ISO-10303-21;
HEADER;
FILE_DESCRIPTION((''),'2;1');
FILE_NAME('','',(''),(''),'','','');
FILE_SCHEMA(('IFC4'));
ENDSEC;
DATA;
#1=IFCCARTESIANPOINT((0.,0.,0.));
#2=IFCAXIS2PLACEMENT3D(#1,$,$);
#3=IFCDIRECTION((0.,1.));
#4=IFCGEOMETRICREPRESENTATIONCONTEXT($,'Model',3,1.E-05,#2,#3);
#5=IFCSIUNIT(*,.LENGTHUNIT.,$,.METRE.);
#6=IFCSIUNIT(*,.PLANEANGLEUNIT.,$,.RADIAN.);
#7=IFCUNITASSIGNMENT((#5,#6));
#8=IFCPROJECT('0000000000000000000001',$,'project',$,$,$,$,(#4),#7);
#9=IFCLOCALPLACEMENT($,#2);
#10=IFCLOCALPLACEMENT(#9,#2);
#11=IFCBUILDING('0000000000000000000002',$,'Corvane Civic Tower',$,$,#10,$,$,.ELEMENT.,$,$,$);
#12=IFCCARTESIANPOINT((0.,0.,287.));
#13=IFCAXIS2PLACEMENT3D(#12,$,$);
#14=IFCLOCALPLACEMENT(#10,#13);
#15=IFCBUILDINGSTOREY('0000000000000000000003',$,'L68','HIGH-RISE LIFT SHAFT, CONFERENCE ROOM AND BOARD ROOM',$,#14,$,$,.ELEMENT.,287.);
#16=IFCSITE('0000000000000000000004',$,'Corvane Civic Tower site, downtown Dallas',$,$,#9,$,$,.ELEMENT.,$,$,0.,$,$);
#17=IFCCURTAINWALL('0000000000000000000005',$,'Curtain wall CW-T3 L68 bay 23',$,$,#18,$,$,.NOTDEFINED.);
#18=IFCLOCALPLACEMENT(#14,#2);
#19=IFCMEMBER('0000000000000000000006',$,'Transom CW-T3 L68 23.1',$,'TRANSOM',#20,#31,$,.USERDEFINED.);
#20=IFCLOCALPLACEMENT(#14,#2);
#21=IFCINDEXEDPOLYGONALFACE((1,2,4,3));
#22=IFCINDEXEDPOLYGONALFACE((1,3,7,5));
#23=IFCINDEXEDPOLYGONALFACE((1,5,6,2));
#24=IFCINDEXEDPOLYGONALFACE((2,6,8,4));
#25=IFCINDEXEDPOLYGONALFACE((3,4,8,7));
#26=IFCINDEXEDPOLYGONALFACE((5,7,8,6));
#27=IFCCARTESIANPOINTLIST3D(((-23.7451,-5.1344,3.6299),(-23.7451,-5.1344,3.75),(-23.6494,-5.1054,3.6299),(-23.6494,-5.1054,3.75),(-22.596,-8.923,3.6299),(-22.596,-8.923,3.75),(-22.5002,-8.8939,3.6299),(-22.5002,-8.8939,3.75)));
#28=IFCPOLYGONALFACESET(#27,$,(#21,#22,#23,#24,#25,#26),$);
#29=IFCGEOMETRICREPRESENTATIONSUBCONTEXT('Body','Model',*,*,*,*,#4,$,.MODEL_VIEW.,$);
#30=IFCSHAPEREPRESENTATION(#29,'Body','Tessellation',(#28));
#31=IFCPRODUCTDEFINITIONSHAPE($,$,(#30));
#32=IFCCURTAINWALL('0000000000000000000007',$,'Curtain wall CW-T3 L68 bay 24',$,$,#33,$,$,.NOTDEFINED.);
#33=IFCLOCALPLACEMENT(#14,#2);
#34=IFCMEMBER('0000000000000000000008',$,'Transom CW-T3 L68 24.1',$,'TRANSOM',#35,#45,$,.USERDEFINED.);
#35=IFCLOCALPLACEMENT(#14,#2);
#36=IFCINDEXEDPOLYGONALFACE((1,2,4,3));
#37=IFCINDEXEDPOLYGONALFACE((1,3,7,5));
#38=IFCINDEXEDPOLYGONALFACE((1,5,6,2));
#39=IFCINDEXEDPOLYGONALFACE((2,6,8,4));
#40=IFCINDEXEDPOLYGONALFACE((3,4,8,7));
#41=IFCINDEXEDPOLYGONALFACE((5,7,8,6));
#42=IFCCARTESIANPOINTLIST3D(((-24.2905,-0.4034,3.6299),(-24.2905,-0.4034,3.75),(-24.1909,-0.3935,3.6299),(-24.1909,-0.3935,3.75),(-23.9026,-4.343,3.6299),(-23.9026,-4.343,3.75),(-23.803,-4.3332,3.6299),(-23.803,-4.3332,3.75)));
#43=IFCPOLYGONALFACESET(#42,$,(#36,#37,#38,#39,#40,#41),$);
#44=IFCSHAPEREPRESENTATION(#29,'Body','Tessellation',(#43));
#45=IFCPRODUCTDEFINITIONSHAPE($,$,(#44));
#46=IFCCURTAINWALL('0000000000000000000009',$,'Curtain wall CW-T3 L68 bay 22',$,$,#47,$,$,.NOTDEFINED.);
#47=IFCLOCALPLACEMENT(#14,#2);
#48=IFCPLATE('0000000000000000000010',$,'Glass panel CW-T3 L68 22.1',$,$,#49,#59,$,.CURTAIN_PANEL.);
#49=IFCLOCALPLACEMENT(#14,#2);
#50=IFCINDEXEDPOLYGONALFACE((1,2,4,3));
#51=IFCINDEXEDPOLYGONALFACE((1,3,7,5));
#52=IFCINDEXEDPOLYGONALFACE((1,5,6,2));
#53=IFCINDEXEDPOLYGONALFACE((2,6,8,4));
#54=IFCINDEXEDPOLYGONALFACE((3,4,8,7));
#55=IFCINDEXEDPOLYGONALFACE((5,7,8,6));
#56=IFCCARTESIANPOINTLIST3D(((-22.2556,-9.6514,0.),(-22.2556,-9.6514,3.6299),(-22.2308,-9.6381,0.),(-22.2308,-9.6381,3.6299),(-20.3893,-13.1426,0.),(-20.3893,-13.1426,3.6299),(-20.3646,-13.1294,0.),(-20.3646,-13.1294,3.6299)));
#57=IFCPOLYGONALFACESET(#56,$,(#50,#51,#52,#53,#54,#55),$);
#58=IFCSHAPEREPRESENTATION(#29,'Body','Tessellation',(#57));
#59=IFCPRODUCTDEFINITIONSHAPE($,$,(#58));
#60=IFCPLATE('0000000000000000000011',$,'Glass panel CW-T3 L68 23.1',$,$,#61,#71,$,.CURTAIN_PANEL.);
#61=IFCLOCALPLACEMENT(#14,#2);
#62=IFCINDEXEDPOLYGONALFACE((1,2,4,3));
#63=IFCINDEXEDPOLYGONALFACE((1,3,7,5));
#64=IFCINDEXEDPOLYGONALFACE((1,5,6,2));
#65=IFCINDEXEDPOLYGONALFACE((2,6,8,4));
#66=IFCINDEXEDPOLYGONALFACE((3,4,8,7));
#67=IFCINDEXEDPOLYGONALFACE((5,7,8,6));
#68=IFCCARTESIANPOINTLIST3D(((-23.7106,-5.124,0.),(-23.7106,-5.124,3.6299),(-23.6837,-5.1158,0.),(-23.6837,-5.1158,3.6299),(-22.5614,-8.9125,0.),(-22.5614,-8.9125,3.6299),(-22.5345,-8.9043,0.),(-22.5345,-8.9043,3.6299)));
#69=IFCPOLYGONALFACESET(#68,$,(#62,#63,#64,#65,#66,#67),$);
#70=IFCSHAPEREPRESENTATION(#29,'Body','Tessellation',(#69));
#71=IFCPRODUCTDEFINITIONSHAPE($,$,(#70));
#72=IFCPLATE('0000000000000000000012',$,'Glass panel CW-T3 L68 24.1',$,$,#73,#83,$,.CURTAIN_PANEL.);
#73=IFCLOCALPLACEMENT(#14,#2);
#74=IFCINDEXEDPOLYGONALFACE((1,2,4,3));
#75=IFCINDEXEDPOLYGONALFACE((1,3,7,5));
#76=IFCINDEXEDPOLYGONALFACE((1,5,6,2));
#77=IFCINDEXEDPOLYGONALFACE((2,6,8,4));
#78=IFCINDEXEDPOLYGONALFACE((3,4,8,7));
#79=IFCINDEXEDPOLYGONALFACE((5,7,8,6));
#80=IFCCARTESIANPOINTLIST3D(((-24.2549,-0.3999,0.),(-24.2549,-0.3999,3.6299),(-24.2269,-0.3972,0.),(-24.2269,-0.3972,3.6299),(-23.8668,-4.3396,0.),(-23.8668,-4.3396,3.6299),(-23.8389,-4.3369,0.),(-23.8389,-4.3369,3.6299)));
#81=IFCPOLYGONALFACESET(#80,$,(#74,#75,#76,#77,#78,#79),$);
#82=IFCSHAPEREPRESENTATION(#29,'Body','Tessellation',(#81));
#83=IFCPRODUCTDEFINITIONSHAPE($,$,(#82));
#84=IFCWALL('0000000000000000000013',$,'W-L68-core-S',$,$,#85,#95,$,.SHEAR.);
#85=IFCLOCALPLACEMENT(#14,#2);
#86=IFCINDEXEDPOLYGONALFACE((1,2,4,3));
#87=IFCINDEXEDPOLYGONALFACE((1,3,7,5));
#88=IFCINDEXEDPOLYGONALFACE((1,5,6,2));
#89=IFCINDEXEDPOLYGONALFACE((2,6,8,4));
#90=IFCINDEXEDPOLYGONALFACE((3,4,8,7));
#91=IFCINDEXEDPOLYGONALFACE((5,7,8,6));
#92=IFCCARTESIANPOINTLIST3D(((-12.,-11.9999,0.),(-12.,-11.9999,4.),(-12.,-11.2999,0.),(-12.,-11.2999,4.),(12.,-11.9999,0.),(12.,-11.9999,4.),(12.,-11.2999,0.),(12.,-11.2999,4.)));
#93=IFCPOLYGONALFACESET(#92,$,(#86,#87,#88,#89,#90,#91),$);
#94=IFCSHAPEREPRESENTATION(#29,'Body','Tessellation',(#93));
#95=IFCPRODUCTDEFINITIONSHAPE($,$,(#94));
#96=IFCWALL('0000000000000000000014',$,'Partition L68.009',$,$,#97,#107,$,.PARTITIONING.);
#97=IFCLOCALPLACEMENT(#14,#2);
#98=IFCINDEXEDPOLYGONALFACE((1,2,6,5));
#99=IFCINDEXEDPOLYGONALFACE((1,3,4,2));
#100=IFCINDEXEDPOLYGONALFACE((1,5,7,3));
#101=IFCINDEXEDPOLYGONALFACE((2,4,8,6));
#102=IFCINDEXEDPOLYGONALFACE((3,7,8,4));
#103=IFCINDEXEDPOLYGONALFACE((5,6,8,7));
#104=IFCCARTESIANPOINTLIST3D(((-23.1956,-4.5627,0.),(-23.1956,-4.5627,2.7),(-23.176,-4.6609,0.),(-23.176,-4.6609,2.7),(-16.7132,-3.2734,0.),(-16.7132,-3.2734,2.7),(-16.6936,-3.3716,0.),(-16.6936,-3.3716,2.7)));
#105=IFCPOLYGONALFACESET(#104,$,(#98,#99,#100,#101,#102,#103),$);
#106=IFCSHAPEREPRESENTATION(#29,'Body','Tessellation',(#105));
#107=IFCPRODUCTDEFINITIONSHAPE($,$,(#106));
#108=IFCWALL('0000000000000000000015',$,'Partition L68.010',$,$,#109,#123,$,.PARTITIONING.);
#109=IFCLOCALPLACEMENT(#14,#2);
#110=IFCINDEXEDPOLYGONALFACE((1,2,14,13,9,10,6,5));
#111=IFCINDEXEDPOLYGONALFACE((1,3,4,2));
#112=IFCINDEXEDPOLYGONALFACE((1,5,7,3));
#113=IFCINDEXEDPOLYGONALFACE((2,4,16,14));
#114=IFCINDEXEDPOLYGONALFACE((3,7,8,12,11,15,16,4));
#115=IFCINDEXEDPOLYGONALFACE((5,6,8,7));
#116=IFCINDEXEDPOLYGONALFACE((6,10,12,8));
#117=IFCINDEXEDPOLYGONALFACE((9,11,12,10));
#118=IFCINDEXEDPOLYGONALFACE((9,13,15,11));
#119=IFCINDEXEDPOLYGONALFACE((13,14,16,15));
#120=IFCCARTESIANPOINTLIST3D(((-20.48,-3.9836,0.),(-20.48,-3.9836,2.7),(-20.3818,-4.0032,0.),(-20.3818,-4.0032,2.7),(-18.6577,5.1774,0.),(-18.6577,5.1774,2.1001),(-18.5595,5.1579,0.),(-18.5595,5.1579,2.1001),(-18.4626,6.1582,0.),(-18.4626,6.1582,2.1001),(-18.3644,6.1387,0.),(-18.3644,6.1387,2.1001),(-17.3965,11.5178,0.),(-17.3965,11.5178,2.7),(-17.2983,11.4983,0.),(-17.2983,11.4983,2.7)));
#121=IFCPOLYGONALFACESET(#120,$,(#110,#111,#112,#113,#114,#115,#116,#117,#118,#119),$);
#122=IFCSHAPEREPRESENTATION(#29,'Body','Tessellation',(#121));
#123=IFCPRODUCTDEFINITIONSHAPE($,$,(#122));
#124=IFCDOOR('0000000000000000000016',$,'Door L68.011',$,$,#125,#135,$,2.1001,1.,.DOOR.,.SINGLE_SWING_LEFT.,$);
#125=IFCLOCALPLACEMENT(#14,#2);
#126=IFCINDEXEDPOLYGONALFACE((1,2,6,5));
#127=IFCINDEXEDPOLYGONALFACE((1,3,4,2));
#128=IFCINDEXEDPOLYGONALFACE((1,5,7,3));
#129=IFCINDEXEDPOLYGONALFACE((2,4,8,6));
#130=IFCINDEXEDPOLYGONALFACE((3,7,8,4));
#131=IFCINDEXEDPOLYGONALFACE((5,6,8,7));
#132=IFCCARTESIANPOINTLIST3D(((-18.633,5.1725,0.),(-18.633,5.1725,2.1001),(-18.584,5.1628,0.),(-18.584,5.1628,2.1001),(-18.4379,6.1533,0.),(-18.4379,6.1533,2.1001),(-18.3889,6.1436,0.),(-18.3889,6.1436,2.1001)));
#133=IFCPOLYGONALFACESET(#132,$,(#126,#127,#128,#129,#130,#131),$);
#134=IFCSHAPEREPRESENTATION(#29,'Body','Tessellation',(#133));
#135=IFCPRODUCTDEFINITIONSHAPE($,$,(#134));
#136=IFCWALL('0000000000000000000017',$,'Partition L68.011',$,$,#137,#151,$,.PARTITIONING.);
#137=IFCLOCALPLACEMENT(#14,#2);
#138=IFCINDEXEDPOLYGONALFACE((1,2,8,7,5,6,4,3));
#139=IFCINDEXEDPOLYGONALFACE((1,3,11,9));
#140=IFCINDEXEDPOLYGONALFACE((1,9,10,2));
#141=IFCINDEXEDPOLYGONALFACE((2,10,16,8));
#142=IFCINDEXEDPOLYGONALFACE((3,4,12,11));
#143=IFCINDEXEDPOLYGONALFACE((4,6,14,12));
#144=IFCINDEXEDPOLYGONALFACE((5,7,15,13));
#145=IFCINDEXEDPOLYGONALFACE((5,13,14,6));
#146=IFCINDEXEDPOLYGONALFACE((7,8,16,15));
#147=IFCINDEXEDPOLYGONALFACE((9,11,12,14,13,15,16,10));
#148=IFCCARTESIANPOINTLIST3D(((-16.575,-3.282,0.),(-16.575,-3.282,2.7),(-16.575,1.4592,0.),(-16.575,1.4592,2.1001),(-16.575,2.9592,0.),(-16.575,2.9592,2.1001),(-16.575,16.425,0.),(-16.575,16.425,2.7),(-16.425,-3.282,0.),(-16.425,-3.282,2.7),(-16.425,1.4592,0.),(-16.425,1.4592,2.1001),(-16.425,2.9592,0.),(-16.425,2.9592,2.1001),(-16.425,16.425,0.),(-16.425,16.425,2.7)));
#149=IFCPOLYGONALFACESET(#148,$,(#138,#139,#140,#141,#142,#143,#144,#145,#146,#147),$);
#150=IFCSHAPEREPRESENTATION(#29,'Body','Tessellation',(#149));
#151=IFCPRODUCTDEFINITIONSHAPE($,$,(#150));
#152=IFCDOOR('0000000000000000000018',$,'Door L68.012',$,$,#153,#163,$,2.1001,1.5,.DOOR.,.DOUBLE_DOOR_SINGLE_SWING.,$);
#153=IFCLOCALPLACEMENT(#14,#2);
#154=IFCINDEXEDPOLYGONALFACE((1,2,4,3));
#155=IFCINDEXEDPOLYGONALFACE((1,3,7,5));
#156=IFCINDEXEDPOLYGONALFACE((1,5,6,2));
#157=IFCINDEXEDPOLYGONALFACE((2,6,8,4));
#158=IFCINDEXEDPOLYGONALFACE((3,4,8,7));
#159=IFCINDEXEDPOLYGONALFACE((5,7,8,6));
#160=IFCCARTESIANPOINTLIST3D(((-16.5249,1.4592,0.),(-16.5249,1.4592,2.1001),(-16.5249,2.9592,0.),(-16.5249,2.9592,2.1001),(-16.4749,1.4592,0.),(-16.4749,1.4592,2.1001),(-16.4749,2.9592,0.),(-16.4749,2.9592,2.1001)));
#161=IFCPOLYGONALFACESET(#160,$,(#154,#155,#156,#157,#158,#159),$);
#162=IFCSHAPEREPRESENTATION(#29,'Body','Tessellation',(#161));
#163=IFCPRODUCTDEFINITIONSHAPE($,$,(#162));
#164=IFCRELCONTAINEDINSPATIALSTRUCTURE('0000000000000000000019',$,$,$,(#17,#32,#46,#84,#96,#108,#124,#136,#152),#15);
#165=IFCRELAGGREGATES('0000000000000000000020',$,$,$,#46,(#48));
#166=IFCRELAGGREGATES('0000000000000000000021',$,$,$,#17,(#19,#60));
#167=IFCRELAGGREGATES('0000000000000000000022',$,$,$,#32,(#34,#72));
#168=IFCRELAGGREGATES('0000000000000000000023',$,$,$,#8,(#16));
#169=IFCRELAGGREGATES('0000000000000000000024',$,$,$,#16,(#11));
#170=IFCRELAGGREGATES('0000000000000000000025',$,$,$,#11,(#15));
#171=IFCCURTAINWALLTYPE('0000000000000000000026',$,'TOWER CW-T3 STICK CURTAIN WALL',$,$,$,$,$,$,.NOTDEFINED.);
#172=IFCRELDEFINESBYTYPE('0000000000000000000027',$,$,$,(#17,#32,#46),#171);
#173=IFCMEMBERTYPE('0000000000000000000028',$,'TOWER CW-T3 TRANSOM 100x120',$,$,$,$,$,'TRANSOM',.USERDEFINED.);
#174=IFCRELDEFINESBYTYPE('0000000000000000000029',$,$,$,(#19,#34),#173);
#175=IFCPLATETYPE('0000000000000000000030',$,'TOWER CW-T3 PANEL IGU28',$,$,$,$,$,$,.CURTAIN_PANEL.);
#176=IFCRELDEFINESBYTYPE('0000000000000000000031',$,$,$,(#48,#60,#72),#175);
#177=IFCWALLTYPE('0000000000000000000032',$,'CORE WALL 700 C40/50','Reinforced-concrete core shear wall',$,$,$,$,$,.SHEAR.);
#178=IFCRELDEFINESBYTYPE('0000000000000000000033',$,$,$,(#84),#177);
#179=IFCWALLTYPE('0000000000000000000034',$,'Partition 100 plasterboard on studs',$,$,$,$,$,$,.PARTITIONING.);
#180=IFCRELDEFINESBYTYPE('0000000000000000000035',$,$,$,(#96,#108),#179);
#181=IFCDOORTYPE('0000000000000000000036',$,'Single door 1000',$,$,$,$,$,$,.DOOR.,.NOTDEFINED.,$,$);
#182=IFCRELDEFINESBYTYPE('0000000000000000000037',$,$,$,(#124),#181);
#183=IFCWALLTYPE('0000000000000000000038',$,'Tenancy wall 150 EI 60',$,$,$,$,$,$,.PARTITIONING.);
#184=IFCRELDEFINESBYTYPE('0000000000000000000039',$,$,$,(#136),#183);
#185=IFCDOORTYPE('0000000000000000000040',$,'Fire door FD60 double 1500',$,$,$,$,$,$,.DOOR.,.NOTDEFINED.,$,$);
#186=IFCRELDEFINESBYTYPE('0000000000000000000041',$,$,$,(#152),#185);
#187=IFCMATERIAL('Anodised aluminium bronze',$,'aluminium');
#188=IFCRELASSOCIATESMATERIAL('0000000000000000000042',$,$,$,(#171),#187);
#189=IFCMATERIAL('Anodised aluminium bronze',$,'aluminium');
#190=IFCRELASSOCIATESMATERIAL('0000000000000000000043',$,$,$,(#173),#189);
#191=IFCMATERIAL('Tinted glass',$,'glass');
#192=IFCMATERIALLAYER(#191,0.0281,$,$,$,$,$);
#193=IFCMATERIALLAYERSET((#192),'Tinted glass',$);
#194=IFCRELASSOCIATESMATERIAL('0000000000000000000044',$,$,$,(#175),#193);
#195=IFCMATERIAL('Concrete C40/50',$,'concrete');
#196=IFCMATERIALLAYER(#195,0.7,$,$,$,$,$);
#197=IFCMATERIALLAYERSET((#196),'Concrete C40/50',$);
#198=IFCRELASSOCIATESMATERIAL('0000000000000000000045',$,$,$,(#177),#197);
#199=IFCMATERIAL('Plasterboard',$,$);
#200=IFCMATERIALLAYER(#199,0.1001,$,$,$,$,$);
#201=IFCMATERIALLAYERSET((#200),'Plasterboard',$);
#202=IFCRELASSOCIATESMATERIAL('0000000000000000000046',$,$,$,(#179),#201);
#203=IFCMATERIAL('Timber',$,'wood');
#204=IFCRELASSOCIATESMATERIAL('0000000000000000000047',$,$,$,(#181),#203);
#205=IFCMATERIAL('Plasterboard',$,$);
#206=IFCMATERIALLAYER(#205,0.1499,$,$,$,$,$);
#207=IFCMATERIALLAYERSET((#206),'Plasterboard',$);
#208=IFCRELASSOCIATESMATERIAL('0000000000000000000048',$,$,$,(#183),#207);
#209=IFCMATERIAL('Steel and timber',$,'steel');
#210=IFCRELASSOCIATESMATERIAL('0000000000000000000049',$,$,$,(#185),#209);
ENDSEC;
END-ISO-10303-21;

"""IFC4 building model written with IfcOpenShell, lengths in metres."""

from ifc_helpers import new_model, si_unit, direction, frame, frame_2d, origin, origin_2d, place, context, subcontext, project, spatial, rectangle, extrude, material, layer, layer_set, material_profile, profile_set, type_object, element, fill, aggregate, save


model = new_model("IFC4")

# Units and contexts
model_context = context("Model", 3, precision=1e-05, world=origin(), true_north=direction((0.0, 1.0)))
body_context = subcontext(model_context, "Body", "Model", "MODEL_VIEW")
ifc_project = project(units=[si_unit("LENGTHUNIT", "METRE"), si_unit("PLANEANGLEUNIT", "RADIAN")], contexts=[model_context])

# Site, building, storey
site_placement = place(None, origin())
site = spatial("IfcSite", under=ifc_project, at=site_placement, Name="Corvane Civic Tower site, downtown Dallas", CompositionType="ELEMENT", RefElevation=0.0)
building_placement = place(site_placement, origin())
building = spatial("IfcBuilding", under=site, at=building_placement, Name="Corvane Civic Tower", CompositionType="ELEMENT")
storey_placement = place(building_placement, frame((0.0, 0.0, 287.0)))
storey = spatial("IfcBuildingStorey", under=building, at=storey_placement, Name="L68", Description="HIGH-RISE LIFT SHAFT, CONFERENCE ROOM AND BOARD ROOM", CompositionType="ELEMENT", Elevation=287.0)

# Curtain walls, members
ifc_material_1 = material(Name="Anodised aluminium bronze", Category="aluminium")
curtain_wall_type = type_object("IfcCurtainWallType", Name="TOWER CW-T3 STICK CURTAIN WALL", PredefinedType="NOTDEFINED", material=ifc_material_1)
curtain_wall_1_placement = place(storey_placement, origin())
curtain_wall_1 = element("IfcCurtainWall", 1, at=curtain_wall_1_placement, inside=storey, type_object=curtain_wall_type, Name="Curtain wall CW-T3 L68 bay 23", PredefinedType="NOTDEFINED")
ifc_material_2 = material(Name="Anodised aluminium bronze", Category="aluminium")
ifc_material_profile_1 = material_profile(ifc_material_2, rectangle(XDim=0.1001, YDim=0.1201, at=origin_2d()), Name="TOWER CW-T3 TRANSOM 100x120")
ifc_profile_set_1 = profile_set([ifc_material_profile_1], Name="Anodised aluminium bronze")
member_type = type_object("IfcMemberType", Name="TOWER CW-T3 TRANSOM 100x120", ElementType="TRANSOM", PredefinedType="USERDEFINED", material=ifc_profile_set_1)
member_1_placement = place(storey_placement, frame((-22.5481, -8.9084, 3.6899), z_axis=(-0.290266, 0.956946, 0.0), x_axis=(-0.956946, -0.290266, 0.0)))
member_1 = element("IfcMember", 2, at=member_1_placement, type_object=member_type, Name="Transom CW-T3 L68 23.1", ObjectType="TRANSOM", PredefinedType="USERDEFINED", context=body_context, shape_type="SweptSolid", body=[
    extrude(rectangle(XDim=0.1001, YDim=0.1201, at=origin_2d()), origin(), (0.0, 0.0, 1.0), 3.959),
])
curtain_wall_2_placement = place(storey_placement, origin())
curtain_wall_2 = element("IfcCurtainWall", 3, at=curtain_wall_2_placement, inside=storey, type_object=curtain_wall_type, Name="Curtain wall CW-T3 L68 bay 24", PredefinedType="NOTDEFINED")
member_2_placement = place(storey_placement, frame((-23.8528, -4.3381, 3.6899), z_axis=(-0.097995, 0.995187, 0.0), x_axis=(-0.995187, -0.097995, 0.0)))
member_2 = element("IfcMember", 4, at=member_2_placement, type_object=member_type, Name="Transom CW-T3 L68 24.1", ObjectType="TRANSOM", PredefinedType="USERDEFINED", context=body_context, shape_type="SweptSolid", body=[
    extrude(rectangle(XDim=0.1001, YDim=0.1201, at=origin_2d()), origin(), (0.0, 0.0, 1.0), 3.9587),
])

# Curtain wall, plate
curtain_wall_3_placement = place(storey_placement, origin())
curtain_wall_3 = element("IfcCurtainWall", 5, at=curtain_wall_3_placement, inside=storey, type_object=curtain_wall_type, Name="Curtain wall CW-T3 L68 bay 22", PredefinedType="NOTDEFINED")
ifc_material_3 = material(Name="Tinted glass", Category="glass")
ifc_layer_1 = layer(ifc_material_3, 0.0281)
ifc_layer_set_1 = layer_set([ifc_layer_1], Name="Tinted glass")
plate_type = type_object("IfcPlateType", Name="TOWER CW-T3 PANEL IGU28", PredefinedType="CURTAIN_PANEL", material=ifc_layer_set_1)
plate_1_placement = place(storey_placement, frame((-21.3101, -11.3904, 0.0), z_axis=(0.0, 0.0, 1.0), x_axis=(-0.471421, 0.881908, 0.0)))
plate_1 = element("IfcPlate", 6, at=plate_1_placement, type_object=plate_type, Name="Glass panel CW-T3 L68 22.1", PredefinedType="CURTAIN_PANEL", context=body_context, shape_type="SweptSolid", body=[
    extrude(rectangle(XDim=3.9587, YDim=0.0281, at=origin_2d()), origin(), (0.0, 0.0, 1.0), 3.6299),
])
aggregate(curtain_wall_3, [plate_1])

# Plates
plate_2_placement = place(storey_placement, frame((-23.1226, -7.0142, 0.0), z_axis=(0.0, 0.0, 1.0), x_axis=(-0.290274, 0.956944, 0.0)))
plate_2 = element("IfcPlate", 7, at=plate_2_placement, type_object=plate_type, Name="Glass panel CW-T3 L68 23.1", PredefinedType="CURTAIN_PANEL", context=body_context, shape_type="SweptSolid", body=[
    extrude(rectangle(XDim=3.959, YDim=0.0281, at=origin_2d()), origin(), (0.0, 0.0, 1.0), 3.6299),
])
aggregate(curtain_wall_1, [member_1, plate_2])
plate_3_placement = place(storey_placement, frame((-24.0469, -2.3684, 0.0), z_axis=(0.0, 0.0, 1.0), x_axis=(-0.098021, 0.995184, 0.0)))
plate_3 = element("IfcPlate", 8, at=plate_3_placement, type_object=plate_type, Name="Glass panel CW-T3 L68 24.1", PredefinedType="CURTAIN_PANEL", context=body_context, shape_type="SweptSolid", body=[
    extrude(rectangle(XDim=3.9587, YDim=0.0281, at=origin_2d()), origin(), (0.0, 0.0, 1.0), 3.6299),
])
aggregate(curtain_wall_2, [member_2, plate_3])

# Walls
ifc_material_4 = material(Name="Concrete C40/50", Category="concrete")
ifc_layer_2 = layer(ifc_material_4, 0.7)
ifc_layer_set_2 = layer_set([ifc_layer_2], Name="Concrete C40/50")
wall_type_1 = type_object("IfcWallType", Name="CORE WALL 700 C40/50", Description="Reinforced-concrete core shear wall", PredefinedType="SHEAR", material=ifc_layer_set_2)
wall_1_placement = place(storey_placement, frame((-12.0, -11.6499, 0.0), z_axis=(0.0, 0.0, 1.0), x_axis=(1.0, 0.0, 0.0)))
element("IfcWall", 9, at=wall_1_placement, inside=storey, type_object=wall_type_1, Name="W-L68-core-S", PredefinedType="SHEAR", context=body_context, shape_type="SweptSolid", body=[
    extrude(rectangle(XDim=24.0, YDim=0.7, at=frame_2d((12.0, 0.0))), origin(), (0.0, 0.0, 1.0), 4.0),
])
ifc_material_5 = material(Name="Plasterboard")
ifc_layer_3 = layer(ifc_material_5, 0.1001)
ifc_layer_set_3 = layer_set([ifc_layer_3], Name="Plasterboard")
wall_type_2 = type_object("IfcWallType", Name="Partition 100 plasterboard on studs", PredefinedType="PARTITIONING", material=ifc_layer_set_3)
wall_2_placement = place(storey_placement, frame((-23.1858, -4.6118, 0.0), z_axis=(0.0, 0.0, 1.0), x_axis=(0.980789, 0.195072, 0.0)))
element("IfcWall", 10, at=wall_2_placement, inside=storey, type_object=wall_type_2, Name="Partition L68.009", PredefinedType="PARTITIONING", context=body_context, shape_type="SweptSolid", body=[
    extrude(rectangle(XDim=6.6094, YDim=0.1001, at=frame_2d((3.3047, 0.0))), origin(), (0.0, 0.0, 1.0), 2.7),
])

# Walls, openings, doors
wall_3_placement = place(storey_placement, frame((-20.4309, -3.9934, 0.0), z_axis=(0.0, 0.0, 1.0), x_axis=(0.195094, 0.980785, 0.0)))
wall_3 = element("IfcWall", 11, at=wall_3_placement, inside=storey, type_object=wall_type_2, Name="Partition L68.010", PredefinedType="PARTITIONING", context=body_context, shape_type="SweptSolid", body=[
    extrude(rectangle(XDim=15.8052, YDim=0.1001, at=frame_2d((7.9026, 0.0))), origin(), (0.0, 0.0, 1.0), 2.7),
])
opening_1_placement = place(wall_3_placement, frame((9.3406, 0.0, 0.0)))
opening_1 = element("IfcOpeningElement", 12, at=opening_1_placement, cuts=wall_3, PredefinedType="OPENING", context=body_context, shape_type="SweptSolid", body=[
    extrude(rectangle(XDim=1.0, YDim=2.1001, at=frame_2d((0.5, 1.05))), frame((0.0, 0.0601, 0.0), z_axis=(0.0, -1.0, 0.0), x_axis=(1.0, 0.0, 0.0)), (0.0, 0.0, 1.0), 0.1201),
])
ifc_material_6 = material(Name="Timber", Category="wood")
door_type_1 = type_object("IfcDoorType", Name="Single door 1000", OperationType="NOTDEFINED", PredefinedType="DOOR", material=ifc_material_6)
door_1_placement = place(opening_1_placement, origin())
door_1 = element("IfcDoor", 13, at=door_1_placement, inside=storey, type_object=door_type_1, Name="Door L68.011", OperationType="SINGLE_SWING_LEFT", OverallHeight=2.1001, OverallWidth=1.0, PredefinedType="DOOR", context=body_context, shape_type="SweptSolid", body=[
    extrude(rectangle(XDim=1.0, YDim=2.1001, at=frame_2d((0.5, 1.05))), frame((0.0, 0.0249, 0.0), z_axis=(0.0, -1.0, 0.0), x_axis=(1.0, 0.0, 0.0)), (0.0, 0.0, 1.0), 0.05),
])
fill(opening_1, door_1)
ifc_material_7 = material(Name="Plasterboard")
ifc_layer_4 = layer(ifc_material_7, 0.1499)
ifc_layer_set_4 = layer_set([ifc_layer_4], Name="Plasterboard")
wall_type_3 = type_object("IfcWallType", Name="Tenancy wall 150 EI 60", PredefinedType="PARTITIONING", material=ifc_layer_set_4)
wall_4_placement = place(storey_placement, frame((-16.5, -3.282, 0.0), z_axis=(0.0, 0.0, 1.0), x_axis=(0.0, 1.0, 0.0)))
wall_4 = element("IfcWall", 14, at=wall_4_placement, inside=storey, type_object=wall_type_3, Name="Partition L68.011", PredefinedType="PARTITIONING", context=body_context, shape_type="SweptSolid", body=[
    extrude(rectangle(XDim=19.707, YDim=0.1499, at=frame_2d((9.8535, 0.0))), origin(), (0.0, 0.0, 1.0), 2.7),
])
opening_2_placement = place(wall_4_placement, frame((4.7412, 0.0, 0.0)))
opening_2 = element("IfcOpeningElement", 15, at=opening_2_placement, cuts=wall_4, PredefinedType="OPENING", context=body_context, shape_type="SweptSolid", body=[
    extrude(rectangle(XDim=1.5, YDim=2.1001, at=frame_2d((0.75, 1.05))), frame((0.0, 0.085, 0.0), z_axis=(0.0, -1.0, 0.0), x_axis=(1.0, 0.0, 0.0)), (0.0, 0.0, 1.0), 0.1699),
])
ifc_material_8 = material(Name="Steel and timber", Category="steel")
door_type_2 = type_object("IfcDoorType", Name="Fire door FD60 double 1500", OperationType="NOTDEFINED", PredefinedType="DOOR", material=ifc_material_8)
door_2_placement = place(opening_2_placement, origin())
door_2 = element("IfcDoor", 16, at=door_2_placement, inside=storey, type_object=door_type_2, Name="Door L68.012", OperationType="DOUBLE_DOOR_SINGLE_SWING", OverallHeight=2.1001, OverallWidth=1.5, PredefinedType="DOOR", context=body_context, shape_type="SweptSolid", body=[
    extrude(rectangle(XDim=1.5, YDim=2.1001, at=frame_2d((0.75, 1.05))), frame((0.0, 0.0249, 0.0), z_axis=(0.0, -1.0, 0.0), x_axis=(1.0, 0.0, 0.0)), (0.0, 0.0, 1.0), 0.05),
])
fill(opening_2, door_2)

save(model, "model.ifc")
